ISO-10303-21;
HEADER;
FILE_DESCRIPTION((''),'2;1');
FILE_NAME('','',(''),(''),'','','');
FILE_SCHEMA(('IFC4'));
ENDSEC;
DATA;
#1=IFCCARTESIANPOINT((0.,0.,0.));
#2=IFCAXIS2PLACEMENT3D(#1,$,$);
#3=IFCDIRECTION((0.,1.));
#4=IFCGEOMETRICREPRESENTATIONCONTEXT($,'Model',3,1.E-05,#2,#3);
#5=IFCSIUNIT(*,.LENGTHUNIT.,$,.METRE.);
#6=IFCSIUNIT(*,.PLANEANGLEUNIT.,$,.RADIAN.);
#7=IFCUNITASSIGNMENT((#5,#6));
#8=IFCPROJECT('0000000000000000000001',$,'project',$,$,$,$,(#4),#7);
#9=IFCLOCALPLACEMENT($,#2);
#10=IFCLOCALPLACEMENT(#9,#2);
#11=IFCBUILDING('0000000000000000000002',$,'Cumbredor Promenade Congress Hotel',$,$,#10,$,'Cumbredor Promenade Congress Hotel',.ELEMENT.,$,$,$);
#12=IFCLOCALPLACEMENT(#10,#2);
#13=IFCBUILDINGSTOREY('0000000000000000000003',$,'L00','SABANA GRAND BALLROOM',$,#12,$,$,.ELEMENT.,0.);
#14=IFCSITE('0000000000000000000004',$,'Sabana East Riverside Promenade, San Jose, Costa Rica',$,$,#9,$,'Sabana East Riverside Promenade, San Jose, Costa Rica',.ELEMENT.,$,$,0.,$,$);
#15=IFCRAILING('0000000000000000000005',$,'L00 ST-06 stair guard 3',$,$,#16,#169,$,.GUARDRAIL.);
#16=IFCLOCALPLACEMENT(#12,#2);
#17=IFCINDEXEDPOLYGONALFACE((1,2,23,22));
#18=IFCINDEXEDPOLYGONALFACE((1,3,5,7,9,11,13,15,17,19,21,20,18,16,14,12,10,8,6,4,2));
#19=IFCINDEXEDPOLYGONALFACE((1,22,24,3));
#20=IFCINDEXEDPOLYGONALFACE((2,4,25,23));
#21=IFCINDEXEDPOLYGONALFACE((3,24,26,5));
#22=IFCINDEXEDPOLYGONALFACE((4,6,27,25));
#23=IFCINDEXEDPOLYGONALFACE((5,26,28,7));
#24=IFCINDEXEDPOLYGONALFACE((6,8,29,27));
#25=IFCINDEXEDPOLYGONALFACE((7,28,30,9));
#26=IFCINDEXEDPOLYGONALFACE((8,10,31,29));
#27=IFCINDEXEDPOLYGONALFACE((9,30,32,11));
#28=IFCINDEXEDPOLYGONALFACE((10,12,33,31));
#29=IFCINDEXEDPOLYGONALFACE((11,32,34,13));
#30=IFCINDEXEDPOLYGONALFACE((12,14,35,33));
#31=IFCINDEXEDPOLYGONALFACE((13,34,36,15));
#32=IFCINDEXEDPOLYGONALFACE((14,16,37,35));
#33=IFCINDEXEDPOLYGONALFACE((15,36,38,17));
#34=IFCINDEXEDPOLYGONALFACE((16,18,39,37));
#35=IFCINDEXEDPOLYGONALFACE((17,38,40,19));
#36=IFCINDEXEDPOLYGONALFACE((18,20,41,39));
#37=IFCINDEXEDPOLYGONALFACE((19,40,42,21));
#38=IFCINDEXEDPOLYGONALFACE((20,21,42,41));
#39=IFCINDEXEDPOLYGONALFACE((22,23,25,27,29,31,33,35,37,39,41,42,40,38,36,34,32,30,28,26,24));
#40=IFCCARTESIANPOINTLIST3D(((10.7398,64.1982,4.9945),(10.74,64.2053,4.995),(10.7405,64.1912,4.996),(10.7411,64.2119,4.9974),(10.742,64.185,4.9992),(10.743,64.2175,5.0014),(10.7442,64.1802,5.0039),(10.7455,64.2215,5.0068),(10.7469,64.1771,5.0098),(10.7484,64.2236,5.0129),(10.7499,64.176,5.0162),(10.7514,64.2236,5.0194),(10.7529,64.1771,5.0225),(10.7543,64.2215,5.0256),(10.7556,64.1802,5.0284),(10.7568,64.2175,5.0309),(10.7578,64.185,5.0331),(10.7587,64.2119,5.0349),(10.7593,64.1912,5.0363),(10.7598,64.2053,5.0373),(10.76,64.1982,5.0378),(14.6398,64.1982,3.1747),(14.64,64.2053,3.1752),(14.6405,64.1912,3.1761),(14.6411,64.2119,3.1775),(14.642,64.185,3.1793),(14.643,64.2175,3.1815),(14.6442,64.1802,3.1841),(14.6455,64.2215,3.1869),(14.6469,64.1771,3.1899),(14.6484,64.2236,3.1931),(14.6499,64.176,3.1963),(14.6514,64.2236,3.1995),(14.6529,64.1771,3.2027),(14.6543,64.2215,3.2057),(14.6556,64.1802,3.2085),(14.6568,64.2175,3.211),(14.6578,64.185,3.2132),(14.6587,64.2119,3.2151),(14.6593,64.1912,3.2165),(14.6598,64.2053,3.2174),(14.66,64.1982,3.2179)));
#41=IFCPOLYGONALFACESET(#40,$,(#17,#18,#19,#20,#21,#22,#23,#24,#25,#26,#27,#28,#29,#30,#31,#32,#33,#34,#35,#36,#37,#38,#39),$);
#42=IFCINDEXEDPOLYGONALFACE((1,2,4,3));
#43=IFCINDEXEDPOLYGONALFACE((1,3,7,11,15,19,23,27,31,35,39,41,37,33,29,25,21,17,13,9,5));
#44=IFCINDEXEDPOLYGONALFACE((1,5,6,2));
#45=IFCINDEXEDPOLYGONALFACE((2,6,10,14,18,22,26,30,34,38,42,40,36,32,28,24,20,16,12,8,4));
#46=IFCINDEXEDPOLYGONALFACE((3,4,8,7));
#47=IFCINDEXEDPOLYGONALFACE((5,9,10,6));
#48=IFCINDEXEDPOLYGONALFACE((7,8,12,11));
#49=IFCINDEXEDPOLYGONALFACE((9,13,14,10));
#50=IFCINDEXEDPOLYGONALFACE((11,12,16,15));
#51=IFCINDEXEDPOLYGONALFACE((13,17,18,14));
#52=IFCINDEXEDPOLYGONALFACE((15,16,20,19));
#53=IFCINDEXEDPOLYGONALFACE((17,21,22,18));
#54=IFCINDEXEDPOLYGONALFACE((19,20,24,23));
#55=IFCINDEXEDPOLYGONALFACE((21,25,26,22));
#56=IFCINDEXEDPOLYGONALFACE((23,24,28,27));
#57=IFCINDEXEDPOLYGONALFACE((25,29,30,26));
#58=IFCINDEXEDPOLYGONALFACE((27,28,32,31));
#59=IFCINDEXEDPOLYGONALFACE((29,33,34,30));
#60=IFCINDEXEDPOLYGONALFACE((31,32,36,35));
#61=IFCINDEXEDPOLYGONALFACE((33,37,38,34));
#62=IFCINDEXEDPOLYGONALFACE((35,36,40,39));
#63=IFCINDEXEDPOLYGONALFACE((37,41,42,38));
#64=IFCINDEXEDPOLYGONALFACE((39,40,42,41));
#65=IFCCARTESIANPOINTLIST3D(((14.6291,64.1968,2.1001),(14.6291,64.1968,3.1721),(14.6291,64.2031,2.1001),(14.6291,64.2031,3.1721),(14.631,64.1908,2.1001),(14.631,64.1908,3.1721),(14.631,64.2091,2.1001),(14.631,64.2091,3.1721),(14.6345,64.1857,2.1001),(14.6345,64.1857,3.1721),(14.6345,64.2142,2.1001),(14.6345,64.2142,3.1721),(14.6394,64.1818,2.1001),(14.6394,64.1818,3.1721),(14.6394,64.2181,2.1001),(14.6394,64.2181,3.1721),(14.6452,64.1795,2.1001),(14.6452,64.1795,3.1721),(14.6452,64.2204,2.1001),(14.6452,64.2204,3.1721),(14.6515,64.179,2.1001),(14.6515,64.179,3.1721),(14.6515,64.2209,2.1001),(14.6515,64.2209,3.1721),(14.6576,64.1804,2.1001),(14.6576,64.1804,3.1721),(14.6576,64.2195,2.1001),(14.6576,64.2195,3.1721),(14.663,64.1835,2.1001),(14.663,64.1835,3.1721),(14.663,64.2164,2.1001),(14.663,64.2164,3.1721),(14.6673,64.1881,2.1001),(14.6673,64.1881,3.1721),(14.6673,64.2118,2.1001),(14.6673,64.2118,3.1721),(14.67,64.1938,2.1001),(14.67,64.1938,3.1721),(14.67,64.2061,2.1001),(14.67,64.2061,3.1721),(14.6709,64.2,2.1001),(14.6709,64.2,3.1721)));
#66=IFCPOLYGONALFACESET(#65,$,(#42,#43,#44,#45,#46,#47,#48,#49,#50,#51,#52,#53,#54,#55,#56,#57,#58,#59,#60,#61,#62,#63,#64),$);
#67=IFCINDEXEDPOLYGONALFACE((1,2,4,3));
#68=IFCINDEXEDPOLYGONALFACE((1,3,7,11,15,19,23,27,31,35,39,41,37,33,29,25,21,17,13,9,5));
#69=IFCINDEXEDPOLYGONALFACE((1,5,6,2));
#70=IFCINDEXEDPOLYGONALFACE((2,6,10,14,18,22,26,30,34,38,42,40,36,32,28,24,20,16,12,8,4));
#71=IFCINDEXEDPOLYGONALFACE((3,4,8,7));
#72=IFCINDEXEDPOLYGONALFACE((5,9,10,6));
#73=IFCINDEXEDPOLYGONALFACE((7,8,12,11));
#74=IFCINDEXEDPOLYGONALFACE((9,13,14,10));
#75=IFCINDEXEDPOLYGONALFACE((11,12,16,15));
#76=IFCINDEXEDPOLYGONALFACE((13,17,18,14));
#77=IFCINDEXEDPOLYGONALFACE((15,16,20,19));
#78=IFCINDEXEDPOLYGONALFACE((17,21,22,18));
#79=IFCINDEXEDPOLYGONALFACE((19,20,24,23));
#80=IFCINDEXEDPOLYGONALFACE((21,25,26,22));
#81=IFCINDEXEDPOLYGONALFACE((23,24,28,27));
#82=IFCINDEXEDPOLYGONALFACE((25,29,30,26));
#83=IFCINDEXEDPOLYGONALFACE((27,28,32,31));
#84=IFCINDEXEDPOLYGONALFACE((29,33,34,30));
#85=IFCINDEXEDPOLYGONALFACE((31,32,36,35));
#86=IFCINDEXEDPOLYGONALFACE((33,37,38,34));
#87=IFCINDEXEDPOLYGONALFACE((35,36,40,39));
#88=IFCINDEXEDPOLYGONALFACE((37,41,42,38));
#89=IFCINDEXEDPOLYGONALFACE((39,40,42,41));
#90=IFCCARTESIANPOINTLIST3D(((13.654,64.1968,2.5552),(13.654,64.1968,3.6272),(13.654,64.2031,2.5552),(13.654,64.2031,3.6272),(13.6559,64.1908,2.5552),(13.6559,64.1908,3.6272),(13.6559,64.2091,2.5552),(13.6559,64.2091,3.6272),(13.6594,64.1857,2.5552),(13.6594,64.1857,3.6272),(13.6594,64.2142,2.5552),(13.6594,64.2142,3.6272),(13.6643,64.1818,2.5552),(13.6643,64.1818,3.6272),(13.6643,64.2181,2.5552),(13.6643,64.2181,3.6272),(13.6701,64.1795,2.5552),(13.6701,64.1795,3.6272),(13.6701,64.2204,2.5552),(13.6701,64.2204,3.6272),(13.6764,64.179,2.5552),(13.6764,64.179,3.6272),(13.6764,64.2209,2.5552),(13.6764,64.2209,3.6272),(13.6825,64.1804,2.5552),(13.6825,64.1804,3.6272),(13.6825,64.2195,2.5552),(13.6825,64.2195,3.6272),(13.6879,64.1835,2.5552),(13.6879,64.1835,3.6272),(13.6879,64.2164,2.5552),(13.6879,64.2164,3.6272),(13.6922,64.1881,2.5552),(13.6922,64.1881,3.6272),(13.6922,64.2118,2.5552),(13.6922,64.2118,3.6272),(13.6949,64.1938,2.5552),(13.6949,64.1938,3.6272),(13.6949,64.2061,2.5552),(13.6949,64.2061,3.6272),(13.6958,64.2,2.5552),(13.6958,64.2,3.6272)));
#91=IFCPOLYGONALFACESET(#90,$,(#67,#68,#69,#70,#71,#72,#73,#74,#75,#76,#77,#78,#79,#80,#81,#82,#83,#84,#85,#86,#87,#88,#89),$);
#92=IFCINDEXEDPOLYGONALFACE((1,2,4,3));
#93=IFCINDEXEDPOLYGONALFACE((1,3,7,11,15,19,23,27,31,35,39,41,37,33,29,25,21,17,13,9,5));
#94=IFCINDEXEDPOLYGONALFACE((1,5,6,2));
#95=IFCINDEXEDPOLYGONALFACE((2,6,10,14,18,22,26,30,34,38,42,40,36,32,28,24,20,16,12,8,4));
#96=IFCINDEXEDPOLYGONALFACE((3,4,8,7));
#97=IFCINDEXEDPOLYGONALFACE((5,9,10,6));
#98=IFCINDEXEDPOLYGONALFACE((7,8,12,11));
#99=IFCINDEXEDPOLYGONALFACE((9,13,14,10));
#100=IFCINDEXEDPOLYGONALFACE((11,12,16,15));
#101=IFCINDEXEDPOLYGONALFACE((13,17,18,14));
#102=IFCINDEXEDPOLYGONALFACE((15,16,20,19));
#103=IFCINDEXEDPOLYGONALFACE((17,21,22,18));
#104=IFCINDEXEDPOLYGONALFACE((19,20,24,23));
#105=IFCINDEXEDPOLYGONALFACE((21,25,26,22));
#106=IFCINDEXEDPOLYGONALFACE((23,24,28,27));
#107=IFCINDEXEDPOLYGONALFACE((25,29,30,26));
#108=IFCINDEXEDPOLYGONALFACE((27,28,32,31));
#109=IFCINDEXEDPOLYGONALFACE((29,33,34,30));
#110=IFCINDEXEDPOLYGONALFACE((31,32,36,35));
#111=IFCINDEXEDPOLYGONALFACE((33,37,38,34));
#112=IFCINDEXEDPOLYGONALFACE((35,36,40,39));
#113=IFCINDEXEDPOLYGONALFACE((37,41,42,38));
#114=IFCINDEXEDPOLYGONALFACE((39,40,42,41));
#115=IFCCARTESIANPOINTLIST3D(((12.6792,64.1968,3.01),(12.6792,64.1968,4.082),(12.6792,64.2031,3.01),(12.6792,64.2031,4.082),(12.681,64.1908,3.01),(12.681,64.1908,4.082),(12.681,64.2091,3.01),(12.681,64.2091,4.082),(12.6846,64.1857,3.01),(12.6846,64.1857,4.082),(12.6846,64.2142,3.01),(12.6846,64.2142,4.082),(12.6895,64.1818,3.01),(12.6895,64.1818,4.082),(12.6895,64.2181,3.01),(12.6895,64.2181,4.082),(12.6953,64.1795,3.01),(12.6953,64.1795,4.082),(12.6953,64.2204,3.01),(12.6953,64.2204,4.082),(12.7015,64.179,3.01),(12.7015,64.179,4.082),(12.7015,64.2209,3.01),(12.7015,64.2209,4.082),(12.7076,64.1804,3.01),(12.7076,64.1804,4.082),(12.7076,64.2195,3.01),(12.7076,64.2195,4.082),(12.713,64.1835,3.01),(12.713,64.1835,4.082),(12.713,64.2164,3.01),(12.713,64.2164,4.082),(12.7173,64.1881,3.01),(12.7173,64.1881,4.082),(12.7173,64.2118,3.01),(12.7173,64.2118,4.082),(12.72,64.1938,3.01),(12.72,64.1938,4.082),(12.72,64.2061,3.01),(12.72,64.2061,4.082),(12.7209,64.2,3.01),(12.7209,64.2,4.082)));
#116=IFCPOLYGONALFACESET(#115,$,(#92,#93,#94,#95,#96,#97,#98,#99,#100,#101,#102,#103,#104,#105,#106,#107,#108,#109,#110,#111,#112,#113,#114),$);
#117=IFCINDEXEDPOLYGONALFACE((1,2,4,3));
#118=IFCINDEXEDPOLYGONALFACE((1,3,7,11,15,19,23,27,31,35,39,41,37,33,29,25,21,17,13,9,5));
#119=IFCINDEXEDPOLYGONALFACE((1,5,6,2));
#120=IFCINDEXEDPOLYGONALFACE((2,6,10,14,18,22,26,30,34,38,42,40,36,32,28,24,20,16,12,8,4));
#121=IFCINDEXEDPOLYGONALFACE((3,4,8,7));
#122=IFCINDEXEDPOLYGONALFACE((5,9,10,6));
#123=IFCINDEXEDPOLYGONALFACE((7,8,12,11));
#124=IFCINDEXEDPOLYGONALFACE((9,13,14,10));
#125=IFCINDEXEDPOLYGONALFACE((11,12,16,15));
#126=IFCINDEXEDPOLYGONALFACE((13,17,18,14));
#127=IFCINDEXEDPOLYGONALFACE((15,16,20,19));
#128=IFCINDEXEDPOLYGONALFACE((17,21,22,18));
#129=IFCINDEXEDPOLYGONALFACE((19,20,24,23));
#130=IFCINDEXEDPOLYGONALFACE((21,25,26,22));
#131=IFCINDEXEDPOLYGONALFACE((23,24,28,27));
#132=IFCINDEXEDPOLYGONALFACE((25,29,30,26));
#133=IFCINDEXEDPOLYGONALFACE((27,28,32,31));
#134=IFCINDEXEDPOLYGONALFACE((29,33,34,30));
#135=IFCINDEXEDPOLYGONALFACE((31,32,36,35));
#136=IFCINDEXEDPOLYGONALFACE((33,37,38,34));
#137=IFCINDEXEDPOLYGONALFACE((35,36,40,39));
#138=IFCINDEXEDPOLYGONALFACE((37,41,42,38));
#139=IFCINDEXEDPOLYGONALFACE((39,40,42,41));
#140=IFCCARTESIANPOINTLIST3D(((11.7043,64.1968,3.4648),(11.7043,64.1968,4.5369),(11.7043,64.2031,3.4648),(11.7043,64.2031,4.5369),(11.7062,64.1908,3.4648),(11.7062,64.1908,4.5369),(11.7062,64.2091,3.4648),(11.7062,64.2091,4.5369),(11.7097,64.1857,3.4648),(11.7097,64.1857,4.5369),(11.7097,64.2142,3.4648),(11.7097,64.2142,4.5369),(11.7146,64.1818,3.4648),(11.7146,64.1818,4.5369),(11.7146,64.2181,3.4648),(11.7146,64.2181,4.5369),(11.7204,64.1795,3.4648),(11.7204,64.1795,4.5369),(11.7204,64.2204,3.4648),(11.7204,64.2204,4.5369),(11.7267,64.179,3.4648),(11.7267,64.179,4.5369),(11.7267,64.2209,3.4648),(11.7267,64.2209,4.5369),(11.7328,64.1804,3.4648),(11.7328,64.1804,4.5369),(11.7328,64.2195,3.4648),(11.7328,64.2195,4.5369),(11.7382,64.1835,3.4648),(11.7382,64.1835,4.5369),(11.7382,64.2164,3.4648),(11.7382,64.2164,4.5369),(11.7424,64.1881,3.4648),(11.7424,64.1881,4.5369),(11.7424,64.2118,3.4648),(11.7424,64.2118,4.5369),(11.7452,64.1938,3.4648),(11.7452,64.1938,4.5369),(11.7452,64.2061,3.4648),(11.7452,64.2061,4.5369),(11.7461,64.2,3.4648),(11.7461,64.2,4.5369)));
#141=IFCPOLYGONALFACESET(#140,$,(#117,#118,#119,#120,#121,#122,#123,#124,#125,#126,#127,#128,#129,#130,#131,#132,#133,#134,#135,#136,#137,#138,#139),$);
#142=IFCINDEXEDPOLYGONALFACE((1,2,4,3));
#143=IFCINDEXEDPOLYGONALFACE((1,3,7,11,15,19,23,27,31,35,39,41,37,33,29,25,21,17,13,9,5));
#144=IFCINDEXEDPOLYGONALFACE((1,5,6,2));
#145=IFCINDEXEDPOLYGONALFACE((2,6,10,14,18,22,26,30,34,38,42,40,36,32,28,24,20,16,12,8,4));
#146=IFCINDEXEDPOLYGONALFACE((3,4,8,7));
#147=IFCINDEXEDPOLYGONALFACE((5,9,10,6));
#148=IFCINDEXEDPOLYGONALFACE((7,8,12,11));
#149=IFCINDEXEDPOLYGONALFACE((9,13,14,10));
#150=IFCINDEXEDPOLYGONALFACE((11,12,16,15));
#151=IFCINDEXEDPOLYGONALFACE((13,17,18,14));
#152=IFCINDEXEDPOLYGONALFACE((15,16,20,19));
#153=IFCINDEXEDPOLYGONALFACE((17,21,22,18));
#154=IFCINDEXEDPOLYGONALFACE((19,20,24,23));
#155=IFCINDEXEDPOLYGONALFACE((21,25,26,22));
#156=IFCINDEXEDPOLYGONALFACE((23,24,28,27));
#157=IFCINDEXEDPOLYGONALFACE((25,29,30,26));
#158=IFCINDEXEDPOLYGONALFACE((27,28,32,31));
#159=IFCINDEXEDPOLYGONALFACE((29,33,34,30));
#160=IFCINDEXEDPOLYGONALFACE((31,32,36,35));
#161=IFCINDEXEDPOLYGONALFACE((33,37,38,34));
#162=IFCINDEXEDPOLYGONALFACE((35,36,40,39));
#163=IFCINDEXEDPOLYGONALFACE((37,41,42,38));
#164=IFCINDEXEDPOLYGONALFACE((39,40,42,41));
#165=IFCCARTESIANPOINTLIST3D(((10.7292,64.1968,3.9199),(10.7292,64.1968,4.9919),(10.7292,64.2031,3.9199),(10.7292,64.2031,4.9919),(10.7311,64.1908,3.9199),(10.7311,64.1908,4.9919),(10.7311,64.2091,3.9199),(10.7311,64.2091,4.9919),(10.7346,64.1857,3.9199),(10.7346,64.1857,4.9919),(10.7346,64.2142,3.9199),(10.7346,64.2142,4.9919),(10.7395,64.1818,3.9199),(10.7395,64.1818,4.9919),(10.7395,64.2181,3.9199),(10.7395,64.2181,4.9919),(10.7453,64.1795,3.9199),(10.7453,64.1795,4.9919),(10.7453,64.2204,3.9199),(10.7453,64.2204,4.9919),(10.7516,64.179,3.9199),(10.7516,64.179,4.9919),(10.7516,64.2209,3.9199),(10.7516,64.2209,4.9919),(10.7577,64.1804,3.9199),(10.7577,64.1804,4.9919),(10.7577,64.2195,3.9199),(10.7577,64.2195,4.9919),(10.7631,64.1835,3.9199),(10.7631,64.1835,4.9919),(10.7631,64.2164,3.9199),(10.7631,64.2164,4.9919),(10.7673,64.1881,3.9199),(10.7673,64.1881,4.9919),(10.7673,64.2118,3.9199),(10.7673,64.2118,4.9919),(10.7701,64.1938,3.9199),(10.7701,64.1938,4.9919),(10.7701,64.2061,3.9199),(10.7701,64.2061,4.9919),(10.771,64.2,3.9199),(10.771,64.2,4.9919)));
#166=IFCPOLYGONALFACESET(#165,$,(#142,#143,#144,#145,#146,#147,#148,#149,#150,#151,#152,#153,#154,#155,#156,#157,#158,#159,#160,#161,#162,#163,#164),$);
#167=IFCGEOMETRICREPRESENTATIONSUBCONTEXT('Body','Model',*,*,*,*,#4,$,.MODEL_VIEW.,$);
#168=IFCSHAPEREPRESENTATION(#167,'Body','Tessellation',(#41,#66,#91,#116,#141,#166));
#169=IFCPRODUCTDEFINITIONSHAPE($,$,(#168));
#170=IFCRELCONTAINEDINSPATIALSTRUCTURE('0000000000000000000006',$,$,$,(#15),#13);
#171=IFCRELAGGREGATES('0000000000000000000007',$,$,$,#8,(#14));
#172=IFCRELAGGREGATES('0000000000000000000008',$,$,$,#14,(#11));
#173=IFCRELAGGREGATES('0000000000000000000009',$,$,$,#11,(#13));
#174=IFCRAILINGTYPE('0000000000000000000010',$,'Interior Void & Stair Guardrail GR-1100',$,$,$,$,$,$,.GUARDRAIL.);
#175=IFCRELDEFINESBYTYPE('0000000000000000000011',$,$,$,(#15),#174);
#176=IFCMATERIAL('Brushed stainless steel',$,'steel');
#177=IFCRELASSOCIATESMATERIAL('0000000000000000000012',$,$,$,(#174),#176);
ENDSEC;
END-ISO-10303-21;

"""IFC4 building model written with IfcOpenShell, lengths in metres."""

from ifc_helpers import new_model, si_unit, direction, frame, origin, origin_2d, place, context, subcontext, project, spatial, circle, extrude, material, type_object, element, save


model = new_model("IFC4")

# Units and contexts
model_context = context("Model", 3, precision=1e-05, world=origin(), true_north=direction((0.0, 1.0)))
body_context = subcontext(model_context, "Body", "Model", "MODEL_VIEW")
ifc_project = project(units=[si_unit("LENGTHUNIT", "METRE"), si_unit("PLANEANGLEUNIT", "RADIAN")], contexts=[model_context])

# Site, building, storey
site_placement = place(None, origin())
site = spatial("IfcSite", under=ifc_project, at=site_placement, Name="Sabana East Riverside Promenade, San Jose, Costa Rica", LongName="Sabana East Riverside Promenade, San Jose, Costa Rica", CompositionType="ELEMENT", RefElevation=0.0)
building_placement = place(site_placement, origin())
building = spatial("IfcBuilding", under=site, at=building_placement, Name="Cumbredor Promenade Congress Hotel", LongName="Cumbredor Promenade Congress Hotel", CompositionType="ELEMENT")
storey_placement = place(building_placement, origin())
storey = spatial("IfcBuildingStorey", under=building, at=storey_placement, Name="L00", Description="SABANA GRAND BALLROOM", CompositionType="ELEMENT", Elevation=0.0)

# Railing
ifc_material_1 = material(Name="Brushed stainless steel", Category="steel")
railing_type_1 = type_object("IfcRailingType", Name="Interior Void & Stair Guardrail GR-1100", PredefinedType="GUARDRAIL", material=ifc_material_1)
railing_1_placement = place(storey_placement, frame((14.6499, 64.2, 2.1001)))
element("IfcRailing", 1, at=railing_1_placement, inside=storey, type_object=railing_type_1, Name="L00 ST-06 stair guard 3", PredefinedType="GUARDRAIL", context=body_context, shape_type="SweptSolid", body=[
    extrude(circle(Radius=0.0239, at=origin_2d()), frame((0.0, 0.0, 1.0962), z_axis=(-0.906195, 0.0, 0.422861), x_axis=(0.0, -1.0, 0.0)), (0.0, 0.0, 1.0), 4.3037),
    extrude(circle(Radius=0.021, at=origin_2d()), origin(), (0.0, 0.0, 1.0), 1.072),
    extrude(circle(Radius=0.021, at=origin_2d()), frame((-0.9751, 0.0, 0.4551)), (0.0, 0.0, 1.0), 1.072),
    extrude(circle(Radius=0.021, at=origin_2d()), frame((-1.95, 0.0, 0.9099)), (0.0, 0.0, 1.0), 1.072),
    extrude(circle(Radius=0.021, at=origin_2d()), frame((-2.9248, 0.0, 1.3647)), (0.0, 0.0, 1.0), 1.072),
    extrude(circle(Radius=0.021, at=origin_2d()), frame((-3.8999, 0.0, 1.8198)), (0.0, 0.0, 1.0), 1.072),
])

save(model, "model.ifc")
